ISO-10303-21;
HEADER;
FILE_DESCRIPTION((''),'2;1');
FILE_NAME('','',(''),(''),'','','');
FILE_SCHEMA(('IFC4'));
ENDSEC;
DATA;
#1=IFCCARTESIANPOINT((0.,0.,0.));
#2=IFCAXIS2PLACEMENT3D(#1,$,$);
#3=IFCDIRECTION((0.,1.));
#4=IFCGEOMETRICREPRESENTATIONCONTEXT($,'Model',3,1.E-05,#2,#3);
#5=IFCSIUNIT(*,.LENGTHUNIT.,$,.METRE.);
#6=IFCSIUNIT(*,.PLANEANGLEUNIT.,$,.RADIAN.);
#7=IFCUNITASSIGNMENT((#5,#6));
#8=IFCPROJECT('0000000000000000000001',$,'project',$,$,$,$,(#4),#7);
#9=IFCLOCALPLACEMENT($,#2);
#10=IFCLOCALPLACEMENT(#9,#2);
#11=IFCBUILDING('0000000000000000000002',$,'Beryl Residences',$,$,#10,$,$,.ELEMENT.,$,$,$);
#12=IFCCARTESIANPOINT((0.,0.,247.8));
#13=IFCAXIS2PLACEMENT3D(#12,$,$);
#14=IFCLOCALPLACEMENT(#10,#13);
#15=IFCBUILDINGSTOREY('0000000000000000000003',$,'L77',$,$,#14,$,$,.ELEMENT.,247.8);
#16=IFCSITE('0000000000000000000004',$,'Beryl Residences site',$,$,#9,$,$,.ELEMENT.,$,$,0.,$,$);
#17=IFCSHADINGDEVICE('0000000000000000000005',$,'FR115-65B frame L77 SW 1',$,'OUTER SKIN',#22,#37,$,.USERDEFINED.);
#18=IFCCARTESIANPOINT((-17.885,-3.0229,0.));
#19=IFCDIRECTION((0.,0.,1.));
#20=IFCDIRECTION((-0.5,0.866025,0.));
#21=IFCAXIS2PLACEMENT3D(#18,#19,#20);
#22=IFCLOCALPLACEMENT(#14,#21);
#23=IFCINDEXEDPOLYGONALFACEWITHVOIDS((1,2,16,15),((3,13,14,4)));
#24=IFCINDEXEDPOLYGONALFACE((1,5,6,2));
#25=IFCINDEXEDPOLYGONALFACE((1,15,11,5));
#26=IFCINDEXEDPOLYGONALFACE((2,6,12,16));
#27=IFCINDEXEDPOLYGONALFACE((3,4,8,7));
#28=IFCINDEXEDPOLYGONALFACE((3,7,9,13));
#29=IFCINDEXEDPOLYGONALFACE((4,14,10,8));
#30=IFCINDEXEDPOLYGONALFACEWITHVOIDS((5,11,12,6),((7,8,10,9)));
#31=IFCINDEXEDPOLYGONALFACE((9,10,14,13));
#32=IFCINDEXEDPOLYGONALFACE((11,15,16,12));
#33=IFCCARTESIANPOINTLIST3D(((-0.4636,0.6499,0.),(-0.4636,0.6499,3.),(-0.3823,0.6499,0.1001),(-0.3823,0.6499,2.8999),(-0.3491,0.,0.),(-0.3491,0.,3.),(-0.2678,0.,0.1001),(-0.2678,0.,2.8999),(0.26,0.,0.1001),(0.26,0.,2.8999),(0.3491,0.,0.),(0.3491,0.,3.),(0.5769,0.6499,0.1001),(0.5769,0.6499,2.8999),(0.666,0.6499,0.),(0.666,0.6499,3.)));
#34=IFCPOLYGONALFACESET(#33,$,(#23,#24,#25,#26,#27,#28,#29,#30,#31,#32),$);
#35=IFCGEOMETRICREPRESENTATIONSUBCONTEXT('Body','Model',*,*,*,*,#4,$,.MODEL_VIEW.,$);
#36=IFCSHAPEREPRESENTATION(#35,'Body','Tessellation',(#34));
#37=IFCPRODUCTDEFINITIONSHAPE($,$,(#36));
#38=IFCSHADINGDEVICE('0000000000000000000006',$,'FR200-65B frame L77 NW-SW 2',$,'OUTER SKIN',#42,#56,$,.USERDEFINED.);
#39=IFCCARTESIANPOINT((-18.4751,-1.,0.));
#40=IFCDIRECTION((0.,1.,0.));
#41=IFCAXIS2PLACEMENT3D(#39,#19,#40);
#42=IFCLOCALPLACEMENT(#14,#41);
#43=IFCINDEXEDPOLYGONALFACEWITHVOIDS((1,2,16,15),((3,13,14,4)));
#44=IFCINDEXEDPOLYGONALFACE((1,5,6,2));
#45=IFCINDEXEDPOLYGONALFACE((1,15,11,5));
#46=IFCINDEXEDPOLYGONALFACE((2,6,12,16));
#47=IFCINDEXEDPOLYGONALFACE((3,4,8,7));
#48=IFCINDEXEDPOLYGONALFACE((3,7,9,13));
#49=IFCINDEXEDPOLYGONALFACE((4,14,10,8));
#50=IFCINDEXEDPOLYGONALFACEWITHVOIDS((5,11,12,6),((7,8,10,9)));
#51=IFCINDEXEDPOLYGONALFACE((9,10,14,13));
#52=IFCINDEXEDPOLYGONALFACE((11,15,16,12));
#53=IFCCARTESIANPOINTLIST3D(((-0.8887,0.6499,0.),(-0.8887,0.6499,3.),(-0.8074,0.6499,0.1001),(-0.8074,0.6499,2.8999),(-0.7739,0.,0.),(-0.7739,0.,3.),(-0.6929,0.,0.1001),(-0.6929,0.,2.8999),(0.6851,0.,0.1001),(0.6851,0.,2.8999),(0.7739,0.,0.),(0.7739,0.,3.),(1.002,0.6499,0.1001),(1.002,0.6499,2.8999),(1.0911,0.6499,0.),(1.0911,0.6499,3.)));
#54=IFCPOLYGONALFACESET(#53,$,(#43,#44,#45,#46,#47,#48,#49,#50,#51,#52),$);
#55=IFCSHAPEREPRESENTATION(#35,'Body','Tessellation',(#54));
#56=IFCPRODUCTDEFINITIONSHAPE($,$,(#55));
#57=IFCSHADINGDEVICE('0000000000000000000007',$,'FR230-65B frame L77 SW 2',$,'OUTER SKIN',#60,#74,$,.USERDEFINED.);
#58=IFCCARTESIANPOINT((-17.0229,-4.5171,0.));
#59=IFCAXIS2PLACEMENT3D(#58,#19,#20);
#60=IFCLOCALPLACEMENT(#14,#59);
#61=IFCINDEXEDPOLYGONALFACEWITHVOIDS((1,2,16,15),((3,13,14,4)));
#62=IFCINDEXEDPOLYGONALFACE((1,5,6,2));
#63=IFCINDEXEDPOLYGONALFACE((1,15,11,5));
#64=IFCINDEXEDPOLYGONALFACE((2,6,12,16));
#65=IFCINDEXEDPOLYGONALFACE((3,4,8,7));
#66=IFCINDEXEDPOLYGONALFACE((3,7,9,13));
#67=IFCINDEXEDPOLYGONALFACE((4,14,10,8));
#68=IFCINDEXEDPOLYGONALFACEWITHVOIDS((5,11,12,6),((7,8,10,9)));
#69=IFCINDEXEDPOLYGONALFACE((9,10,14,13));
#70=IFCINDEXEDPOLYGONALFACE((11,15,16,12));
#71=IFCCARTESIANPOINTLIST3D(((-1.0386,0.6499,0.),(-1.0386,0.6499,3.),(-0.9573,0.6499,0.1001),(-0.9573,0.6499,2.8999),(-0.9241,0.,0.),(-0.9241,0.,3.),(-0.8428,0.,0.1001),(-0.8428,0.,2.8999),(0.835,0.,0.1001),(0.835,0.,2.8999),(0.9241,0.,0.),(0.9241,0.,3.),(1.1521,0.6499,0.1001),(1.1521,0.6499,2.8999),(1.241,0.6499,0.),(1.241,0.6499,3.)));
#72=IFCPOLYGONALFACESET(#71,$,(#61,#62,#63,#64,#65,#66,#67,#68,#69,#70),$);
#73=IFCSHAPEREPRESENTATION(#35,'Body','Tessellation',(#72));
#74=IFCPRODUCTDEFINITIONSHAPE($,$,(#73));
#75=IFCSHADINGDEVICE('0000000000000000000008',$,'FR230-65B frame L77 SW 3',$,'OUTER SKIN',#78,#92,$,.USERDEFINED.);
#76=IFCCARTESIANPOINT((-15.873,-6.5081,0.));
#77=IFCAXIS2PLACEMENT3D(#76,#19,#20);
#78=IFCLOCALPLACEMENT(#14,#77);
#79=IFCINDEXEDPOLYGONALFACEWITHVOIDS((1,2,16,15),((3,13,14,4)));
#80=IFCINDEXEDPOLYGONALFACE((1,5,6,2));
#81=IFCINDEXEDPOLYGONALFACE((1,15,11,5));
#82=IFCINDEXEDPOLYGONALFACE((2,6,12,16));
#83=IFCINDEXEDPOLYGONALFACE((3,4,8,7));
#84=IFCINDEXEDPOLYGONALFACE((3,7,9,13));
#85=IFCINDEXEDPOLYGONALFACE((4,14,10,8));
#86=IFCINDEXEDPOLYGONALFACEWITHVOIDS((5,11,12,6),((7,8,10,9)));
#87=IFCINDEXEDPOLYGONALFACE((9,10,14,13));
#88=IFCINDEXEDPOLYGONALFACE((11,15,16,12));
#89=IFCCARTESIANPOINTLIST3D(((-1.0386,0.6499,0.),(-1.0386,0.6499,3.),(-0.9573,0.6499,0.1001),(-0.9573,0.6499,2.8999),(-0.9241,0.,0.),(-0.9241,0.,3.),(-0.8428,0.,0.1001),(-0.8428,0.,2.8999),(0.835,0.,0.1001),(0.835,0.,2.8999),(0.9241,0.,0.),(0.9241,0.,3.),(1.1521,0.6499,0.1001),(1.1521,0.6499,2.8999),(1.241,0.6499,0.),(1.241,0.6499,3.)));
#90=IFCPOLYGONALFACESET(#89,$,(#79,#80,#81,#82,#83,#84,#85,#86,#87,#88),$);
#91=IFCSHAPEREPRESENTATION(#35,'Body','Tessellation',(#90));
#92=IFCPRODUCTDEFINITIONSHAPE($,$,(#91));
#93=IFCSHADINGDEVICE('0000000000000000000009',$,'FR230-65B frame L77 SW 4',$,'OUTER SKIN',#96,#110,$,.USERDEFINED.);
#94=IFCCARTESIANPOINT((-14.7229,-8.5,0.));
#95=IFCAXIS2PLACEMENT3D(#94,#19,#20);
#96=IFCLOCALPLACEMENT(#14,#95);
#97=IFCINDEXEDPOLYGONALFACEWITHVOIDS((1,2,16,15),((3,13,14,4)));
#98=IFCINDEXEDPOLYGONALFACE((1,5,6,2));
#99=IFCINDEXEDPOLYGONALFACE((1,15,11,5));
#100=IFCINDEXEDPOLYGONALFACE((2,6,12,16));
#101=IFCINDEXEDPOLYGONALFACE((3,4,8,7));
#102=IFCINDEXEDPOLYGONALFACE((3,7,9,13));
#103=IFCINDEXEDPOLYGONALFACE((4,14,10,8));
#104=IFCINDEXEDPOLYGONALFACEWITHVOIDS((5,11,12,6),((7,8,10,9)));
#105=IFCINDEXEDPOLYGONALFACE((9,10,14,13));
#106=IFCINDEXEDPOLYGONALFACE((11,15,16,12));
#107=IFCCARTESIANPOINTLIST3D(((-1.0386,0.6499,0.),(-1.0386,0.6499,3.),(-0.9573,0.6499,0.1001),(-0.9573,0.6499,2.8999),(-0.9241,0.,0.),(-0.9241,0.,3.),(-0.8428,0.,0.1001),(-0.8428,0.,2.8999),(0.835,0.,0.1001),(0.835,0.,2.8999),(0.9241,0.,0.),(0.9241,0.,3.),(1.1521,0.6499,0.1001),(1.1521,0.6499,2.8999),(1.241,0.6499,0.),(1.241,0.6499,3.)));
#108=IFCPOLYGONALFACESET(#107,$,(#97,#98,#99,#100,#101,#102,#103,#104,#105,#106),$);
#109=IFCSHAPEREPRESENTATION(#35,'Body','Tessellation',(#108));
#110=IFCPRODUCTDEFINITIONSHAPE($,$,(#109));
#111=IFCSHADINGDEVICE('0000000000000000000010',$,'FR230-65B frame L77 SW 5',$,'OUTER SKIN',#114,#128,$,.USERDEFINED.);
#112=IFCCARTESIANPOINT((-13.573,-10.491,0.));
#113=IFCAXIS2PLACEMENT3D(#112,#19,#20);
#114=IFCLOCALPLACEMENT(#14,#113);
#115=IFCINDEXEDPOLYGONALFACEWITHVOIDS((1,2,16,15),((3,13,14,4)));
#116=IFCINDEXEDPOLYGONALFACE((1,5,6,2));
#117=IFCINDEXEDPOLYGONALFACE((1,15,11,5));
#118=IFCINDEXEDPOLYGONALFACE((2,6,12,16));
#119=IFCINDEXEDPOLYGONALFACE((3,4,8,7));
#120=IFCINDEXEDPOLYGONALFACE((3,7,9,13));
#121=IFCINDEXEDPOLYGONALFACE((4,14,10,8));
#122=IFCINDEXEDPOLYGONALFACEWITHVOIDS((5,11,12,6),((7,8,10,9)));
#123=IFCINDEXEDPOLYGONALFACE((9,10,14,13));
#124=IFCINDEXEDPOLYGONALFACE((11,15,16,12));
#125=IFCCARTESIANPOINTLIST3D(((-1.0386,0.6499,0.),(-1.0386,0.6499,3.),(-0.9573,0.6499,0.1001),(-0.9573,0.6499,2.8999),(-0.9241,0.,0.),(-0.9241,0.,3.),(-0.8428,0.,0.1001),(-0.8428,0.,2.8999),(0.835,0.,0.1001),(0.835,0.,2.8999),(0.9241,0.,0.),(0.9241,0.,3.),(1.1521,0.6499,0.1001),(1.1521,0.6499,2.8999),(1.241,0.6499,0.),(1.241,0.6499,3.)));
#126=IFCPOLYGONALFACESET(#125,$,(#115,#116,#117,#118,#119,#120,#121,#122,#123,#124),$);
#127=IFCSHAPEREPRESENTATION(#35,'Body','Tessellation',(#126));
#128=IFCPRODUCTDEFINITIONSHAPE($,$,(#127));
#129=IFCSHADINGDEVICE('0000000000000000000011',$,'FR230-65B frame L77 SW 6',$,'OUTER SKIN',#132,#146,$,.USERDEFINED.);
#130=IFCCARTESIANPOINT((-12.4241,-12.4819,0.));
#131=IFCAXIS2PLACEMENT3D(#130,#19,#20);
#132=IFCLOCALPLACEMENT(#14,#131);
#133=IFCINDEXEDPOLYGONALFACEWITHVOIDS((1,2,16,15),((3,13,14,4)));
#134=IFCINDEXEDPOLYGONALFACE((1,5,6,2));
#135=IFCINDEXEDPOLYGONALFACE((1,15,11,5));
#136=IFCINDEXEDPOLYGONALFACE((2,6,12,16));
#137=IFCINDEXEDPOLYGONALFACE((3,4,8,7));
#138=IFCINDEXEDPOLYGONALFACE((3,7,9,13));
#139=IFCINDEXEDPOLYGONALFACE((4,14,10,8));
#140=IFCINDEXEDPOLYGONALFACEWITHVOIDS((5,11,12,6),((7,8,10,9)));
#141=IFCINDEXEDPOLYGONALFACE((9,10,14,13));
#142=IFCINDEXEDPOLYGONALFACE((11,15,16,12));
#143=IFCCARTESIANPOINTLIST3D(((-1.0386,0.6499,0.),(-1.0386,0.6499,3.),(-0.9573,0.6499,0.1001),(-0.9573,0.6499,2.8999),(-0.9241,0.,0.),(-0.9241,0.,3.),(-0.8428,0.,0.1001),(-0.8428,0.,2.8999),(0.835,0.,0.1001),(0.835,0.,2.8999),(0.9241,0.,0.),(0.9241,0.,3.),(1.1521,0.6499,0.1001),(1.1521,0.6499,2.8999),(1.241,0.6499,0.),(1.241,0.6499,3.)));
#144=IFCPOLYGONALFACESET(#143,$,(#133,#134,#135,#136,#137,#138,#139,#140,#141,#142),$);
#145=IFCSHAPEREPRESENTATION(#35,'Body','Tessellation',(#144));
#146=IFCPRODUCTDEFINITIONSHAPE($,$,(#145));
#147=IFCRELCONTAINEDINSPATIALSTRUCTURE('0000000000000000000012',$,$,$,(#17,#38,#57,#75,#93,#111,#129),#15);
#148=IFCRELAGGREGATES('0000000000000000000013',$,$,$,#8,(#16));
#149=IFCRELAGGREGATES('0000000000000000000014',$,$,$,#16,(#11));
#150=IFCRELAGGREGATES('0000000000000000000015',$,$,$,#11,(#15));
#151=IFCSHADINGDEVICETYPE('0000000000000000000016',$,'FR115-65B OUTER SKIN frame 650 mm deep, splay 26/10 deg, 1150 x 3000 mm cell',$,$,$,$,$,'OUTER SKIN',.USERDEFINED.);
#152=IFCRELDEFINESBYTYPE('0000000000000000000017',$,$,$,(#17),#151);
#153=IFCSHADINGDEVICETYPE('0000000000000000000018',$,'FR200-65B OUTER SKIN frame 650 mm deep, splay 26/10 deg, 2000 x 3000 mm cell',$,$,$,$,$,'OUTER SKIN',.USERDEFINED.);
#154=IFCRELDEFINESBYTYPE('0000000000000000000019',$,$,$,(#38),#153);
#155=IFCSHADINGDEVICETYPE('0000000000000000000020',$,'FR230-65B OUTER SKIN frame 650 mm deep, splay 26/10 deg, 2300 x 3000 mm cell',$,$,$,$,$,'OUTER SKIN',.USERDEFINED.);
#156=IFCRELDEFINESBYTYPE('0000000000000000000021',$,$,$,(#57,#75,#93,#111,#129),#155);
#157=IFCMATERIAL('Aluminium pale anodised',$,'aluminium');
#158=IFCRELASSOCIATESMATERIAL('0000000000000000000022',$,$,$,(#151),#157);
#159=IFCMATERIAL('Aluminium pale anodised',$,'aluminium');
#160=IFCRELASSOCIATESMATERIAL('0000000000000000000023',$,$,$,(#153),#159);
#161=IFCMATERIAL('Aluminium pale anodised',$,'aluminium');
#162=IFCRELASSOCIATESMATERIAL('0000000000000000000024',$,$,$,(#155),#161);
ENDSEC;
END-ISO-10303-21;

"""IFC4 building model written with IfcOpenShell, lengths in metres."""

from ifc_helpers import new_model, entity, si_unit, direction, frame, origin, place, context, subcontext, project, spatial, source, transform, mapped, material, type_object, type_shapes, element, save


model = new_model("IFC4")

# Units and contexts
model_context = context("Model", 3, precision=1e-05, world=origin(), true_north=direction((0.0, 1.0)))
body_context = subcontext(model_context, "Body", "Model", "MODEL_VIEW")
ifc_project = project(units=[si_unit("LENGTHUNIT", "METRE"), si_unit("PLANEANGLEUNIT", "RADIAN")], contexts=[model_context])

# Site, building, storey
site_placement = place(None, origin())
site = spatial("IfcSite", under=ifc_project, at=site_placement, Name="Beryl Residences site", CompositionType="ELEMENT", RefElevation=0.0)
building_placement = place(site_placement, origin())
building = spatial("IfcBuilding", under=site, at=building_placement, Name="Beryl Residences", CompositionType="ELEMENT")
storey_placement = place(building_placement, frame((0.0, 0.0, 247.8)))
storey = spatial("IfcBuildingStorey", under=building, at=storey_placement, Name="L77", CompositionType="ELEMENT", Elevation=247.8)

# Shading devices
ifc_material_1 = material(Name="Aluminium pale anodised", Category="aluminium")
shading_device_type_1 = type_object("IfcShadingDeviceType", Name="FR115-65B OUTER SKIN frame 650 mm deep, splay 26/10 deg, 1150 x 3000 mm cell", ElementType="OUTER SKIN", PredefinedType="USERDEFINED", material=ifc_material_1)
cartesian_point_1 = entity("IfcCartesianPoint", [-0.3491, 0.0])
cartesian_point_2 = entity("IfcCartesianPoint", [-0.26, 0.1001])
cartesian_point_3 = entity("IfcCartesianPoint", [-0.666, 0.0])
cartesian_point_4 = entity("IfcCartesianPoint", [-0.5769, 0.1001])
shared_shape_1 = source(origin(), body_context, "Body", "SweptSolid", [
    entity("IfcExtrudedAreaSolidTapered", entity("IfcArbitraryProfileDefWithVoids", "AREA", None, entity("IfcPolyline", [cartesian_point_1, entity("IfcCartesianPoint", [0.3491, 0.0]), entity("IfcCartesianPoint", [0.3491, 3.0]), entity("IfcCartesianPoint", [-0.3491, 3.0]), cartesian_point_1]), [entity("IfcPolyline", [cartesian_point_2, entity("IfcCartesianPoint", [0.2678, 0.1001]), entity("IfcCartesianPoint", [0.2678, 2.8999]), entity("IfcCartesianPoint", [-0.26, 2.8999]), cartesian_point_2])]), entity("IfcAxis2Placement3D", entity("IfcCartesianPoint", [0.0, 0.0, 0.0]), entity("IfcDirection", [0.0, 1.0, 0.0]), entity("IfcDirection", [-1.0, 0.0, 0.0])), entity("IfcDirection", [0.0, 0.0, 1.0]), 0.6499, entity("IfcArbitraryProfileDefWithVoids", "AREA", None, entity("IfcPolyline", [cartesian_point_3, entity("IfcCartesianPoint", [0.4636, 0.0]), entity("IfcCartesianPoint", [0.4636, 3.0]), entity("IfcCartesianPoint", [-0.666, 3.0]), cartesian_point_3]), [entity("IfcPolyline", [cartesian_point_4, entity("IfcCartesianPoint", [0.3823, 0.1001]), entity("IfcCartesianPoint", [0.3823, 2.8999]), entity("IfcCartesianPoint", [-0.5769, 2.8999]), cartesian_point_4])])),
])
type_shapes(shading_device_type_1, [shared_shape_1])
shading_device_1_placement = place(storey_placement, frame((-17.885, -3.0229, 0.0), z_axis=(0.0, 0.0, 1.0), x_axis=(-0.5, 0.866025, 0.0)))
element("IfcShadingDevice", 1, at=shading_device_1_placement, inside=storey, type_object=shading_device_type_1, Name="FR115-65B frame L77 SW 1", ObjectType="OUTER SKIN", PredefinedType="USERDEFINED", context=body_context, shape_type="MappedRepresentation", body=[
    mapped(shared_shape_1, transform((0.0, 0.0, 0.0))),
])
ifc_material_2 = material(Name="Aluminium pale anodised", Category="aluminium")
shading_device_type_2 = type_object("IfcShadingDeviceType", Name="FR200-65B OUTER SKIN frame 650 mm deep, splay 26/10 deg, 2000 x 3000 mm cell", ElementType="OUTER SKIN", PredefinedType="USERDEFINED", material=ifc_material_2)
cartesian_point_5 = entity("IfcCartesianPoint", [-0.7739, 0.0])
cartesian_point_6 = entity("IfcCartesianPoint", [-0.6851, 0.1001])
cartesian_point_7 = entity("IfcCartesianPoint", [-1.0911, 0.0])
cartesian_point_8 = entity("IfcCartesianPoint", [-1.002, 0.1001])
shared_shape_2 = source(origin(), body_context, "Body", "SweptSolid", [
    entity("IfcExtrudedAreaSolidTapered", entity("IfcArbitraryProfileDefWithVoids", "AREA", None, entity("IfcPolyline", [cartesian_point_5, entity("IfcCartesianPoint", [0.7739, 0.0]), entity("IfcCartesianPoint", [0.7739, 3.0]), entity("IfcCartesianPoint", [-0.7739, 3.0]), cartesian_point_5]), [entity("IfcPolyline", [cartesian_point_6, entity("IfcCartesianPoint", [0.6929, 0.1001]), entity("IfcCartesianPoint", [0.6929, 2.8999]), entity("IfcCartesianPoint", [-0.6851, 2.8999]), cartesian_point_6])]), entity("IfcAxis2Placement3D", entity("IfcCartesianPoint", [0.0, 0.0, 0.0]), entity("IfcDirection", [0.0, 1.0, 0.0]), entity("IfcDirection", [-1.0, 0.0, 0.0])), entity("IfcDirection", [0.0, 0.0, 1.0]), 0.6499, entity("IfcArbitraryProfileDefWithVoids", "AREA", None, entity("IfcPolyline", [cartesian_point_7, entity("IfcCartesianPoint", [0.8887, 0.0]), entity("IfcCartesianPoint", [0.8887, 3.0]), entity("IfcCartesianPoint", [-1.0911, 3.0]), cartesian_point_7]), [entity("IfcPolyline", [cartesian_point_8, entity("IfcCartesianPoint", [0.8074, 0.1001]), entity("IfcCartesianPoint", [0.8074, 2.8999]), entity("IfcCartesianPoint", [-1.002, 2.8999]), cartesian_point_8])])),
])
type_shapes(shading_device_type_2, [shared_shape_2])
shading_device_2_placement = place(storey_placement, frame((-18.4751, -1.0, 0.0), z_axis=(0.0, 0.0, 1.0), x_axis=(0.0, 1.0, 0.0)))
element("IfcShadingDevice", 2, at=shading_device_2_placement, inside=storey, type_object=shading_device_type_2, Name="FR200-65B frame L77 NW-SW 2", ObjectType="OUTER SKIN", PredefinedType="USERDEFINED", context=body_context, shape_type="MappedRepresentation", body=[
    mapped(shared_shape_2, transform((0.0, 0.0, 0.0))),
])
ifc_material_3 = material(Name="Aluminium pale anodised", Category="aluminium")
shading_device_type_3 = type_object("IfcShadingDeviceType", Name="FR230-65B OUTER SKIN frame 650 mm deep, splay 26/10 deg, 2300 x 3000 mm cell", ElementType="OUTER SKIN", PredefinedType="USERDEFINED", material=ifc_material_3)
cartesian_point_9 = entity("IfcCartesianPoint", [-0.9241, 0.0])
cartesian_point_10 = entity("IfcCartesianPoint", [-0.835, 0.1001])
cartesian_point_11 = entity("IfcCartesianPoint", [-1.241, 0.0])
cartesian_point_12 = entity("IfcCartesianPoint", [-1.1521, 0.1001])
shared_shape_3 = source(origin(), body_context, "Body", "SweptSolid", [
    entity("IfcExtrudedAreaSolidTapered", entity("IfcArbitraryProfileDefWithVoids", "AREA", None, entity("IfcPolyline", [cartesian_point_9, entity("IfcCartesianPoint", [0.9241, 0.0]), entity("IfcCartesianPoint", [0.9241, 3.0]), entity("IfcCartesianPoint", [-0.9241, 3.0]), cartesian_point_9]), [entity("IfcPolyline", [cartesian_point_10, entity("IfcCartesianPoint", [0.8428, 0.1001]), entity("IfcCartesianPoint", [0.8428, 2.8999]), entity("IfcCartesianPoint", [-0.835, 2.8999]), cartesian_point_10])]), entity("IfcAxis2Placement3D", entity("IfcCartesianPoint", [0.0, 0.0, 0.0]), entity("IfcDirection", [0.0, 1.0, 0.0]), entity("IfcDirection", [-1.0, 0.0, 0.0])), entity("IfcDirection", [0.0, 0.0, 1.0]), 0.6499, entity("IfcArbitraryProfileDefWithVoids", "AREA", None, entity("IfcPolyline", [cartesian_point_11, entity("IfcCartesianPoint", [1.0386, 0.0]), entity("IfcCartesianPoint", [1.0386, 3.0]), entity("IfcCartesianPoint", [-1.241, 3.0]), cartesian_point_11]), [entity("IfcPolyline", [cartesian_point_12, entity("IfcCartesianPoint", [0.9573, 0.1001]), entity("IfcCartesianPoint", [0.9573, 2.8999]), entity("IfcCartesianPoint", [-1.1521, 2.8999]), cartesian_point_12])])),
])
type_shapes(shading_device_type_3, [shared_shape_3])
for number, where, z_axis, x_axis, name in (
    (3, (-17.0229, -4.5171, 0.0), (0.0, 0.0, 1.0), (-0.5, 0.866025, 0.0), "FR230-65B frame L77 SW 2"),
    (4, (-15.873, -6.5081, 0.0), (0.0, 0.0, 1.0), (-0.5, 0.866025, 0.0), "FR230-65B frame L77 SW 3"),
    (5, (-14.7229, -8.5, 0.0), (0.0, 0.0, 1.0), (-0.5, 0.866025, 0.0), "FR230-65B frame L77 SW 4"),
    (6, (-13.573, -10.491, 0.0), (0.0, 0.0, 1.0), (-0.5, 0.866025, 0.0), "FR230-65B frame L77 SW 5"),
    (7, (-12.4241, -12.4819, 0.0), (0.0, 0.0, 1.0), (-0.5, 0.866025, 0.0), "FR230-65B frame L77 SW 6"),
):
    element("IfcShadingDevice", number, at=place(storey_placement, frame(where, z_axis=z_axis, x_axis=x_axis)), inside=storey, type_object=shading_device_type_3, Name=name, ObjectType="OUTER SKIN", PredefinedType="USERDEFINED", context=body_context, shape_type="MappedRepresentation", body=[
        mapped(shared_shape_3, transform((0.0, 0.0, 0.0))),
    ])

save(model, "model.ifc")
